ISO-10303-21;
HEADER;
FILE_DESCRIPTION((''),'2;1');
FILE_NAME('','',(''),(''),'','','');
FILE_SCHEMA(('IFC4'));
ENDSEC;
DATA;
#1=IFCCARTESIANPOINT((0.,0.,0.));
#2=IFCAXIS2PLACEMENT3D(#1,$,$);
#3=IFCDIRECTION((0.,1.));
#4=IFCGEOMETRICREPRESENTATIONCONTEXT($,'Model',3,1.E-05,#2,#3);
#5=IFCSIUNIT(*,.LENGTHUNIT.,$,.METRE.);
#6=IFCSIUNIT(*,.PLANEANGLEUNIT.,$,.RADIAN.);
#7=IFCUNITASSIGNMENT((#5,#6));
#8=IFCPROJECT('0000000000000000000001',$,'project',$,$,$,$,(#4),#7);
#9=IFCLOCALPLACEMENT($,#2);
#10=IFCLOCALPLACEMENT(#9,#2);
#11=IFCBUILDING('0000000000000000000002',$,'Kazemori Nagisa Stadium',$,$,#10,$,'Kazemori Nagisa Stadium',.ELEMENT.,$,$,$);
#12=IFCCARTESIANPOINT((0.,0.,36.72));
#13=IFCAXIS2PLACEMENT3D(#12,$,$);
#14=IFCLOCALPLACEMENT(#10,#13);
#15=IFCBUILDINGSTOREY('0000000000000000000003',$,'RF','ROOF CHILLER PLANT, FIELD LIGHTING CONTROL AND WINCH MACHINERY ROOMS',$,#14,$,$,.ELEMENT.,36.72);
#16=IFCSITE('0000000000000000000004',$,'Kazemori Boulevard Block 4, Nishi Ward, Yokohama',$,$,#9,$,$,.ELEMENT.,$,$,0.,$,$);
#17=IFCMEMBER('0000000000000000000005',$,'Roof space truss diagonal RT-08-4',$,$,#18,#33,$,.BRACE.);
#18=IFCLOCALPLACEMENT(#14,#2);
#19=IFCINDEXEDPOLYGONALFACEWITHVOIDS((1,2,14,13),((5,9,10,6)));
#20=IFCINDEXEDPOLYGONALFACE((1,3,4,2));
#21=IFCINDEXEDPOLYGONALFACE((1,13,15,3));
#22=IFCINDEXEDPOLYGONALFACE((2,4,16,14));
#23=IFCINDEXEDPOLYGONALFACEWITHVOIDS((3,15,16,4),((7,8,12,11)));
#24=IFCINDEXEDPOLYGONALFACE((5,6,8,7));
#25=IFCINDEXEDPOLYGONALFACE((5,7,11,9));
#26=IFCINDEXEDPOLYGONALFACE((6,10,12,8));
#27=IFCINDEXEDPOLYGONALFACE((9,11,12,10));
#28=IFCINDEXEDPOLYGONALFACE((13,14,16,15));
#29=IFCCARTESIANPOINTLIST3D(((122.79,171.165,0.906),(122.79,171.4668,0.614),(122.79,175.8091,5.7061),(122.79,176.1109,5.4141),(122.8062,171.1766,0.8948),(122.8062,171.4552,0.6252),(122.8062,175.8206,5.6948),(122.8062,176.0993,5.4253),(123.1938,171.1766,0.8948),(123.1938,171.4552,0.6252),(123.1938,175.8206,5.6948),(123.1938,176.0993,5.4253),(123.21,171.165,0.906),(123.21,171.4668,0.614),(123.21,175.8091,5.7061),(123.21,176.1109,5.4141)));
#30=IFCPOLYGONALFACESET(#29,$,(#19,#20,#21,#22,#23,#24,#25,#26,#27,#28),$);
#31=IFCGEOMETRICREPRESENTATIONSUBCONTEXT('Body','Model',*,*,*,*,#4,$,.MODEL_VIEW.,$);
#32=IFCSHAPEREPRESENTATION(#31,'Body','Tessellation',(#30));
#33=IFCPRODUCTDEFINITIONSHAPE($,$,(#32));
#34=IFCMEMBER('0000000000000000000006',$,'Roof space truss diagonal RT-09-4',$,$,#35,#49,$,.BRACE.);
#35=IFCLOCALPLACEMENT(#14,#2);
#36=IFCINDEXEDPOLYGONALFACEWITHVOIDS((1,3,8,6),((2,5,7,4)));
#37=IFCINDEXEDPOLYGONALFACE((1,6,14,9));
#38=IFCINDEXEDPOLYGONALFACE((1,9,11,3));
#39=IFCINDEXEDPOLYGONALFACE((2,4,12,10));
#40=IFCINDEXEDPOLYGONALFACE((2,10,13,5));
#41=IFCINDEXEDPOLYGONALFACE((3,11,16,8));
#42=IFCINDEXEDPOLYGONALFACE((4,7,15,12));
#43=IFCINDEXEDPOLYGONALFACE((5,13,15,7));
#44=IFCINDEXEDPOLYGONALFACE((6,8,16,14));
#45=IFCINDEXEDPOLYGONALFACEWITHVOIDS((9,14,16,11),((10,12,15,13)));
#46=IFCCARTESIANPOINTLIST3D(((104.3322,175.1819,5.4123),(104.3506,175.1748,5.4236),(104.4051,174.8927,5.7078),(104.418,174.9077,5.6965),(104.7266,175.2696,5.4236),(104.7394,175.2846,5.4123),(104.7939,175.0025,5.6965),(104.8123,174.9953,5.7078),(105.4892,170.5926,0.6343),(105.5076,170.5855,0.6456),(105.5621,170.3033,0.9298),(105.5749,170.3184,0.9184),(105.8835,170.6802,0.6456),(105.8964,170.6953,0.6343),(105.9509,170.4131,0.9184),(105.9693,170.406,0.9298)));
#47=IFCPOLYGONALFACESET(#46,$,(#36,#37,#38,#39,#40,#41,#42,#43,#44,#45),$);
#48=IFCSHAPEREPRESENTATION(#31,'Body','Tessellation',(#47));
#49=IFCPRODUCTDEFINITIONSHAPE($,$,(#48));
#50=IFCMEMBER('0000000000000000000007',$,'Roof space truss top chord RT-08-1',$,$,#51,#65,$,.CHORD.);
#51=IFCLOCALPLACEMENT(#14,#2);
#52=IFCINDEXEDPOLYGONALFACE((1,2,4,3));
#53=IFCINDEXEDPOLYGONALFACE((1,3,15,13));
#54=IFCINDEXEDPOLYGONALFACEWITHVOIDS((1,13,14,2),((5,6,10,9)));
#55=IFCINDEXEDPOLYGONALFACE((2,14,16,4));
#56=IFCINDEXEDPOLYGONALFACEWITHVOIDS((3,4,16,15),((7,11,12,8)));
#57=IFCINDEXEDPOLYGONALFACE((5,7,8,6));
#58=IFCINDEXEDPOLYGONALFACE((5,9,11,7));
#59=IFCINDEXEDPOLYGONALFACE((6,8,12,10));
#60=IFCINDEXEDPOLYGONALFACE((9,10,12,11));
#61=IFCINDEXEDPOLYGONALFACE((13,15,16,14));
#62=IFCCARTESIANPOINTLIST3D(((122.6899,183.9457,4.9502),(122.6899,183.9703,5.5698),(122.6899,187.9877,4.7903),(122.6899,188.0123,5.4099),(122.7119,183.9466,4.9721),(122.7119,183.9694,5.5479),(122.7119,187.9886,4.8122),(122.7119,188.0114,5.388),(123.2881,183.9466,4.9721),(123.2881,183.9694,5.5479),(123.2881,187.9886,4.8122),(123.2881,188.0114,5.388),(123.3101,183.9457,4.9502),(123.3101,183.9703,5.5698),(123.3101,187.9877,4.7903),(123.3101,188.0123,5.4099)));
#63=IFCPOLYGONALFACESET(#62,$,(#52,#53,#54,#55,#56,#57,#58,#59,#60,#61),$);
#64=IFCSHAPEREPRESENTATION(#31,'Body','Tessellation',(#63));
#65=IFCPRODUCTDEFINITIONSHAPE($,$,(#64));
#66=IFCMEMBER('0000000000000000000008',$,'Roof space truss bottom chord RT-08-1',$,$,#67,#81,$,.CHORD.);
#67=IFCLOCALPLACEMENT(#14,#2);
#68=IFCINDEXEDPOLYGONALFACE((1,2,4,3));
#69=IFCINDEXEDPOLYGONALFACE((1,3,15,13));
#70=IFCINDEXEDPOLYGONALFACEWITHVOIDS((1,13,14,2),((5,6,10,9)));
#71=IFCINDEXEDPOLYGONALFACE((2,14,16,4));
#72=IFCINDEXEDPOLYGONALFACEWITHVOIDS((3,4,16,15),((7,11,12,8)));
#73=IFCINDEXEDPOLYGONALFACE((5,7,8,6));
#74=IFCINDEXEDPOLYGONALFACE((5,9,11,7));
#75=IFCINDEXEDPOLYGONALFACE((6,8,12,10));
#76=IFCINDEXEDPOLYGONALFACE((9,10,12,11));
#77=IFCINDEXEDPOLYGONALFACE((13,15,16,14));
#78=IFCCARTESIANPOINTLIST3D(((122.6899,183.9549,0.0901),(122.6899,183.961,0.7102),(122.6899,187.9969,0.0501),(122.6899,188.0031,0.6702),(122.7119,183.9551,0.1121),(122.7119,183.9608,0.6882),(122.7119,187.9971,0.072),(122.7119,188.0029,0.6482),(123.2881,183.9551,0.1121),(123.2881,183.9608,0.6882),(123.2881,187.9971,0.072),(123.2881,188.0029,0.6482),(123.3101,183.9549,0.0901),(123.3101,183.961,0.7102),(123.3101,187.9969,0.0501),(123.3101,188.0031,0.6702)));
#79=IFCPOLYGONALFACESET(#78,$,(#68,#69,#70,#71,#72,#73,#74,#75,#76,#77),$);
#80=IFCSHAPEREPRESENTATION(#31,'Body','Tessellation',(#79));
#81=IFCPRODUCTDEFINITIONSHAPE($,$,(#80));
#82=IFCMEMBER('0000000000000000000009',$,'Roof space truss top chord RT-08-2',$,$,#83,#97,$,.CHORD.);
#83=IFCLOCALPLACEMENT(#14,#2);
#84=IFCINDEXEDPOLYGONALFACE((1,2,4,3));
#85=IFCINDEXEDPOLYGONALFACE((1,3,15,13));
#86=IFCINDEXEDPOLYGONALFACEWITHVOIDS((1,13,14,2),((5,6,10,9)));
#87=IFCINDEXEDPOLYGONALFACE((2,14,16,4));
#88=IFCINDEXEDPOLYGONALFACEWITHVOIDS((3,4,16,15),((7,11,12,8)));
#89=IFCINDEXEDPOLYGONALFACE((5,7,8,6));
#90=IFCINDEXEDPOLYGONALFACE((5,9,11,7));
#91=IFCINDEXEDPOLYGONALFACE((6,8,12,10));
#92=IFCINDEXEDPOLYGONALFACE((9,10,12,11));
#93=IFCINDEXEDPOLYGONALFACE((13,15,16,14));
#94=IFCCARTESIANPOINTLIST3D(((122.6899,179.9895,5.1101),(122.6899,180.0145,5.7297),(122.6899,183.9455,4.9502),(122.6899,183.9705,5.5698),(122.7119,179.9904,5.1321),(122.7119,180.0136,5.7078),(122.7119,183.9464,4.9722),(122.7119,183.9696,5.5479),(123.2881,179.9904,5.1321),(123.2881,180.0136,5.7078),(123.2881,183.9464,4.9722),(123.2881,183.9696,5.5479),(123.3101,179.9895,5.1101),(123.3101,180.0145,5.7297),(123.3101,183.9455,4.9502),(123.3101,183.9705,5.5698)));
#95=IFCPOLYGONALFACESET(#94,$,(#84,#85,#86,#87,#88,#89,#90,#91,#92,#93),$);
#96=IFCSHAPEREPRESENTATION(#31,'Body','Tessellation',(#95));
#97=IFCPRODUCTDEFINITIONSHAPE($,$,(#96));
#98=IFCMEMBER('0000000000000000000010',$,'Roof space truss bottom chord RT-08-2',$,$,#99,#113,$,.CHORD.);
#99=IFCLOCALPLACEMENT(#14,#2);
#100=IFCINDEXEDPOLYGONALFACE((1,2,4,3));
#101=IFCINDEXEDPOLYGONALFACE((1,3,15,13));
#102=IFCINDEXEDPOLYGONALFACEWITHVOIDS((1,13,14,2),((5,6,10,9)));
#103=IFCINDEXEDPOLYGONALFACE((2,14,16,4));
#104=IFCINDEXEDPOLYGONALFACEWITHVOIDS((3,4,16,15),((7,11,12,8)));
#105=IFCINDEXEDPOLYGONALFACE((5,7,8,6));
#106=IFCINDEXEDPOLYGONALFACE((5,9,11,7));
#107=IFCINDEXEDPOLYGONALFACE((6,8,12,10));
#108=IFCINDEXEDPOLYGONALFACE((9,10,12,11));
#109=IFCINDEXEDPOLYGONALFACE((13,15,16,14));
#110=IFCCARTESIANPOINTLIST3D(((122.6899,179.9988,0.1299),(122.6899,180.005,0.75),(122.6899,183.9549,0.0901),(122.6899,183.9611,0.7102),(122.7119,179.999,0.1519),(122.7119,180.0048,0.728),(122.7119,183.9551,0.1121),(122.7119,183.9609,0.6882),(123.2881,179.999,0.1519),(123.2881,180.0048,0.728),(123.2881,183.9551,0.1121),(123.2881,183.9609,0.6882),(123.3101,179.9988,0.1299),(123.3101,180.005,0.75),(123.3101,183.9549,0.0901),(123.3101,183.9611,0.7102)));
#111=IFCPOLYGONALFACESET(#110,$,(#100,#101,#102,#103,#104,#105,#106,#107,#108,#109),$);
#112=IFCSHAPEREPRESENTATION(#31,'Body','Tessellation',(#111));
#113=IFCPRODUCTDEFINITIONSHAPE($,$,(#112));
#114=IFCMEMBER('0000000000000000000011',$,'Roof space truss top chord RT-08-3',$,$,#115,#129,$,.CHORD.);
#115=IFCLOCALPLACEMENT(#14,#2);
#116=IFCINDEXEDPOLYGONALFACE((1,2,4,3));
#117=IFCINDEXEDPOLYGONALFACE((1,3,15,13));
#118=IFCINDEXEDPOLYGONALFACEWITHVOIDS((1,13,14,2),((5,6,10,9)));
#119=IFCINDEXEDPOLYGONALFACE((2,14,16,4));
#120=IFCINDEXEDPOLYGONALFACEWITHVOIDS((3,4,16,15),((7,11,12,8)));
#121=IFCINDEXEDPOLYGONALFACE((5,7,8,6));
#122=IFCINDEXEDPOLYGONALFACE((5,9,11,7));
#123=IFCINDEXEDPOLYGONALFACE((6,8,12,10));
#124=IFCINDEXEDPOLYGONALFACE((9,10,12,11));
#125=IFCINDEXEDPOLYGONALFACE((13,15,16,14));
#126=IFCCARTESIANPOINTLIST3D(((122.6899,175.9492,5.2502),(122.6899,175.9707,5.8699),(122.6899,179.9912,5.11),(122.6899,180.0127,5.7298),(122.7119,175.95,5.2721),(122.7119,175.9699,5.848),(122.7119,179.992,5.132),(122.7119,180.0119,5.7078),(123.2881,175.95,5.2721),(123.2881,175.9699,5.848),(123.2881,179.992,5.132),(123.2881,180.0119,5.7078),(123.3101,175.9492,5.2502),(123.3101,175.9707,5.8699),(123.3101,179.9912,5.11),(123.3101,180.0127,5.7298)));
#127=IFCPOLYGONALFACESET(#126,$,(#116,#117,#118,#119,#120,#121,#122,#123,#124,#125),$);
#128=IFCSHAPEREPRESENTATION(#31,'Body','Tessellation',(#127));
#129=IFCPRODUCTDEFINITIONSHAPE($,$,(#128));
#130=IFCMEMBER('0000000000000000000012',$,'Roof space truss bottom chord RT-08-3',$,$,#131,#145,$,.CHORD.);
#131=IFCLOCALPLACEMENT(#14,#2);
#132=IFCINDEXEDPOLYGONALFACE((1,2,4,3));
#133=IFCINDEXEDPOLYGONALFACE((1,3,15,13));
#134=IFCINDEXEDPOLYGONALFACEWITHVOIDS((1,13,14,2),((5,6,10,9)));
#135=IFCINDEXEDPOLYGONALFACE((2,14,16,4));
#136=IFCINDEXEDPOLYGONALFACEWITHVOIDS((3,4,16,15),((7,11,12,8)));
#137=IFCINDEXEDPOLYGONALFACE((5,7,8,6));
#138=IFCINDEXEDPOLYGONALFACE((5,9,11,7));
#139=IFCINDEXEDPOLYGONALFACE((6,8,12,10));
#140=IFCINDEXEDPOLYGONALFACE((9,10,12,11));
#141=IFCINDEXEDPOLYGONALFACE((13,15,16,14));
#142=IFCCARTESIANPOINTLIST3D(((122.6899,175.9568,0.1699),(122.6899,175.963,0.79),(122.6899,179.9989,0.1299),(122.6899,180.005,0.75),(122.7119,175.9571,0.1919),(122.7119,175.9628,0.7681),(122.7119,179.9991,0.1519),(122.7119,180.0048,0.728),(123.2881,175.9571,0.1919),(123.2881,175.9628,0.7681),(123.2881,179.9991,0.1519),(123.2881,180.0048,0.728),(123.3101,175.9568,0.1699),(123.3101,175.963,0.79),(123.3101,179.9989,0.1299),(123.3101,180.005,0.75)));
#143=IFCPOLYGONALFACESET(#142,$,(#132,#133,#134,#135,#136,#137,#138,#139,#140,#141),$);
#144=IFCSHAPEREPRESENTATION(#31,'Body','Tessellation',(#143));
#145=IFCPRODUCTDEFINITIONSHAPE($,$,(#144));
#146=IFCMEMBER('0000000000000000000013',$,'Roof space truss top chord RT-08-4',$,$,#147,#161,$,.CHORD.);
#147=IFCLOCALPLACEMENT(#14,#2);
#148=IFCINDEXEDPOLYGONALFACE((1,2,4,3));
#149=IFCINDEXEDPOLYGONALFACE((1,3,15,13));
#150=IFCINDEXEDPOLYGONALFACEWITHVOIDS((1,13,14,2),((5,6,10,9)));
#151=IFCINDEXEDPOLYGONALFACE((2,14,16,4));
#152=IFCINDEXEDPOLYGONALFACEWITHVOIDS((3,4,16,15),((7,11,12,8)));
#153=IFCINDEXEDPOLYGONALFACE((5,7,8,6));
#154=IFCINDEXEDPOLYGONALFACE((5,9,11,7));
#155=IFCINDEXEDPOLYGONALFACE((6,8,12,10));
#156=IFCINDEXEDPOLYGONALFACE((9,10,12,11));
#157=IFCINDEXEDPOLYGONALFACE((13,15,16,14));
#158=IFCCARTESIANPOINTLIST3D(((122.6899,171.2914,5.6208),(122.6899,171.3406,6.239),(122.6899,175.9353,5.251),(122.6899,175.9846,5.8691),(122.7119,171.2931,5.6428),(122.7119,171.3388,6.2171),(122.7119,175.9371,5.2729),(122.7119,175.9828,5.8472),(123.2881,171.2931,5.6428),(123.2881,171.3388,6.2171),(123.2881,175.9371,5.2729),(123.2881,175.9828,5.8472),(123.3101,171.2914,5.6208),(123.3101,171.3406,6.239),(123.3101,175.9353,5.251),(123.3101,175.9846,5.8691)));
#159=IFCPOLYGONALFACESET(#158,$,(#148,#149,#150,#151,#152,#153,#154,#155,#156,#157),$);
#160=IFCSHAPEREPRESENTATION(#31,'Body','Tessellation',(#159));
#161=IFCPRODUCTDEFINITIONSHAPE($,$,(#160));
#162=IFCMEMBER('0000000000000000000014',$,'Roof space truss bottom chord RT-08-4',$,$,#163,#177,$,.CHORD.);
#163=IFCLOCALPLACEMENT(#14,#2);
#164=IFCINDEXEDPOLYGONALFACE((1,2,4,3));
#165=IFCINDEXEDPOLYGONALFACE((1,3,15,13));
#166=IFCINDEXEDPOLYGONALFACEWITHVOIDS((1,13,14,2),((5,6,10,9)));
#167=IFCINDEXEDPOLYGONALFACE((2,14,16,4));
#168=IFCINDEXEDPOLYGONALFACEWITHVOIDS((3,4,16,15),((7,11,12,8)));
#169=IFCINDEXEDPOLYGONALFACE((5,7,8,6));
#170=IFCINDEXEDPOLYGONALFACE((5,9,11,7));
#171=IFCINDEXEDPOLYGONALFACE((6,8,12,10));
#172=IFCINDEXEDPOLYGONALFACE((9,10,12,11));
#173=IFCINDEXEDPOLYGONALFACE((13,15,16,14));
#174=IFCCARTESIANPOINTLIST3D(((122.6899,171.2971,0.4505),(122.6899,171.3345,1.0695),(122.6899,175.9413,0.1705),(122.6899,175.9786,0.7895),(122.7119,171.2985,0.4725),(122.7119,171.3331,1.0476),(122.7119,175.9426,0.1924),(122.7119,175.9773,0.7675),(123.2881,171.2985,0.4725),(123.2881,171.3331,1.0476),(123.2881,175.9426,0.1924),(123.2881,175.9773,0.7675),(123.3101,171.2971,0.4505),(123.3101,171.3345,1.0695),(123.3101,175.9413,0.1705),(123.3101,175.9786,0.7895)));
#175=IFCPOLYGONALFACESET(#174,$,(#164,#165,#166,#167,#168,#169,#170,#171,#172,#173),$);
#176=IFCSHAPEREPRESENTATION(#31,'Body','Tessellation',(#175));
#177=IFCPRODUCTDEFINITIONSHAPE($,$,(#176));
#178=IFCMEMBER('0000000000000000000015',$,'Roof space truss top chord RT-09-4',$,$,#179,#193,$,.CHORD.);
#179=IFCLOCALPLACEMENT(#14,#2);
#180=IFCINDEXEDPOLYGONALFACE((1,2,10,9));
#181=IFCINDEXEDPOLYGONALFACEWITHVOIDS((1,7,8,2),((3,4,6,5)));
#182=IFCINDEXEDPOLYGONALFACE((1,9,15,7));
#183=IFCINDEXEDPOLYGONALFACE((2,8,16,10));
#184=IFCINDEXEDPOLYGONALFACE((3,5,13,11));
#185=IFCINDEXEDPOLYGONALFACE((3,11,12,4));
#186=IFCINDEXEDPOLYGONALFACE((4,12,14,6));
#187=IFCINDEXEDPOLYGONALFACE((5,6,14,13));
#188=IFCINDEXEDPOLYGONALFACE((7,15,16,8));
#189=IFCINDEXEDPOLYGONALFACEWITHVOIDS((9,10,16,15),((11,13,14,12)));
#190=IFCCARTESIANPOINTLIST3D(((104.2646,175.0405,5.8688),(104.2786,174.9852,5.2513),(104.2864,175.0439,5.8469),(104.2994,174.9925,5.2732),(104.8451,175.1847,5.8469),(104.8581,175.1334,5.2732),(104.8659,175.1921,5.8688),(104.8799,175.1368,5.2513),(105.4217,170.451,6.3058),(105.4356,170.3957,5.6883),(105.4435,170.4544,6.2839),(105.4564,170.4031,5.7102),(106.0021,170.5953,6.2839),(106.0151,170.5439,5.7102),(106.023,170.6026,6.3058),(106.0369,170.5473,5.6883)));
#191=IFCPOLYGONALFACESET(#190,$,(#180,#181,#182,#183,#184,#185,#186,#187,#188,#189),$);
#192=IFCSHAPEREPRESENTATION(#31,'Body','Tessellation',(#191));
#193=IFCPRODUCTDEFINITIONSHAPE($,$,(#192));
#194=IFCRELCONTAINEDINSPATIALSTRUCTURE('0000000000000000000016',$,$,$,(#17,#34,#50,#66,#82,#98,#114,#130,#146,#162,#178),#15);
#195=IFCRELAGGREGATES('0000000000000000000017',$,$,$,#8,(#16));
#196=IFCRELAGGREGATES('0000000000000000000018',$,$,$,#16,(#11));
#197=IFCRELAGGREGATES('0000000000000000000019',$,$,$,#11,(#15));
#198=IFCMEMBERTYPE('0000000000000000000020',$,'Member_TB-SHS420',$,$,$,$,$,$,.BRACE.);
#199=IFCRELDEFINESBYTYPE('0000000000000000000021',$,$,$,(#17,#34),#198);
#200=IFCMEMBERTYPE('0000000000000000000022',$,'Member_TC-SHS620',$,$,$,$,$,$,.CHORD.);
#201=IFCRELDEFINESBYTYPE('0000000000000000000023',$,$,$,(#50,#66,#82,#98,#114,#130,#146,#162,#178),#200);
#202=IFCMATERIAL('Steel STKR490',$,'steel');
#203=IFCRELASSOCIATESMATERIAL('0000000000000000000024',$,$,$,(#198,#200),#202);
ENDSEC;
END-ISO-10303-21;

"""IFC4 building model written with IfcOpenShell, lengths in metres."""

from ifc_helpers import new_model, si_unit, direction, frame, origin, origin_2d, place, context, subcontext, project, spatial, hollow_rectangle, extrude, material, material_profile, profile_set, type_object, element, save


model = new_model("IFC4")

# Units and contexts
model_context = context("Model", 3, precision=1e-05, world=origin(), true_north=direction((0.0, 1.0)))
body_context = subcontext(model_context, "Body", "Model", "MODEL_VIEW")
ifc_project = project(units=[si_unit("LENGTHUNIT", "METRE"), si_unit("PLANEANGLEUNIT", "RADIAN")], contexts=[model_context])

# Site, building, storey
site_placement = place(None, origin())
site = spatial("IfcSite", under=ifc_project, at=site_placement, Name="Kazemori Boulevard Block 4, Nishi Ward, Yokohama", CompositionType="ELEMENT", RefElevation=0.0)
building_placement = place(site_placement, origin())
building = spatial("IfcBuilding", under=site, at=building_placement, Name="Kazemori Nagisa Stadium", LongName="Kazemori Nagisa Stadium", CompositionType="ELEMENT")
storey_placement = place(building_placement, frame((0.0, 0.0, 36.72)))
storey = spatial("IfcBuildingStorey", under=building, at=storey_placement, Name="RF", Description="ROOF CHILLER PLANT, FIELD LIGHTING CONTROL AND WINCH MACHINERY ROOMS", CompositionType="ELEMENT", Elevation=36.72)

# Members
ifc_material_1 = material(Name="Steel STKR490", Category="steel")
ifc_material_profile_1 = material_profile(ifc_material_1, hollow_rectangle(XDim=0.4199, YDim=0.4199, WallThickness=0.0161, at=origin_2d()), Name="SHS-420x420x16")
ifc_profile_set_1 = profile_set([ifc_material_profile_1], Name="Steel STKR490")
member_type_1 = type_object("IfcMemberType", Name="Member_TB-SHS420", PredefinedType="BRACE", material=ifc_profile_set_1)
member_1_placement = place(storey_placement, frame((123.0, 175.96, 5.5601), z_axis=(0.0, -0.695331, -0.718689), x_axis=(1.0, 0.0, 0.0)))
element("IfcMember", 1, at=member_1_placement, inside=storey, type_object=member_type_1, Name="Roof space truss diagonal RT-08-4", PredefinedType="BRACE", context=body_context, shape_type="SweptSolid", body=[
    extrude(hollow_rectangle(XDim=0.4199, YDim=0.4199, WallThickness=0.0161, at=origin_2d()), origin(), (0.0, 0.0, 1.0), 6.679),
])
member_2_placement = place(storey_placement, frame((104.5723, 175.0886, 5.5601), z_axis=(0.172032, -0.682393, -0.710454), x_axis=(0.969661, 0.244453, 0.0)))
element("IfcMember", 2, at=member_2_placement, inside=storey, type_object=member_type_1, Name="Roof space truss diagonal RT-09-4", PredefinedType="BRACE", context=body_context, shape_type="SweptSolid", body=[
    extrude(hollow_rectangle(XDim=0.4199, YDim=0.4199, WallThickness=0.0161, at=origin_2d()), origin(), (0.0, 0.0, 1.0), 6.7253),
])
ifc_material_profile_2 = material_profile(ifc_material_1, hollow_rectangle(XDim=0.6201, YDim=0.6201, WallThickness=0.022, at=origin_2d()), Name="SHS-620x620x22")
ifc_profile_set_2 = profile_set([ifc_material_profile_2], Name="Steel STKR490")
member_type_2 = type_object("IfcMemberType", Name="Member_TC-SHS620", PredefinedType="CHORD", material=ifc_profile_set_2)
member_3_placement = place(storey_placement, frame((123.0, 188.0, 5.1001), z_axis=(0.0, -0.999218, 0.039532), x_axis=(1.0, 0.0, 0.0)))
element("IfcMember", 3, at=member_3_placement, inside=storey, type_object=member_type_2, Name="Roof space truss top chord RT-08-1", PredefinedType="CHORD", context=body_context, shape_type="SweptSolid", body=[
    extrude(hollow_rectangle(XDim=0.6201, YDim=0.6201, WallThickness=0.022, at=origin_2d()), origin(), (0.0, 0.0, 1.0), 4.0452),
])
member_4_placement = place(storey_placement, frame((123.0, 188.0, 0.3601), z_axis=(0.0, -0.999951, 0.009905), x_axis=(1.0, 0.0, 0.0)))
element("IfcMember", 4, at=member_4_placement, inside=storey, type_object=member_type_2, Name="Roof space truss bottom chord RT-08-1", PredefinedType="CHORD", context=body_context, shape_type="SweptSolid", body=[
    extrude(hollow_rectangle(XDim=0.6201, YDim=0.6201, WallThickness=0.022, at=origin_2d()), origin(), (0.0, 0.0, 1.0), 4.0422),
])
member_5_placement = place(storey_placement, frame((123.0, 183.958, 5.26), z_axis=(0.0, -0.999184, 0.040389), x_axis=(1.0, 0.0, 0.0)))
element("IfcMember", 5, at=member_5_placement, inside=storey, type_object=member_type_2, Name="Roof space truss top chord RT-08-2", PredefinedType="CHORD", context=body_context, shape_type="SweptSolid", body=[
    extrude(hollow_rectangle(XDim=0.6201, YDim=0.6201, WallThickness=0.022, at=origin_2d()), origin(), (0.0, 0.0, 1.0), 3.9592),
])
member_6_placement = place(storey_placement, frame((123.0, 183.958, 0.4001), z_axis=(0.0, -0.999949, 0.010059), x_axis=(1.0, 0.0, 0.0)))
element("IfcMember", 6, at=member_6_placement, inside=storey, type_object=member_type_2, Name="Roof space truss bottom chord RT-08-2", PredefinedType="CHORD", context=body_context, shape_type="SweptSolid", body=[
    extrude(hollow_rectangle(XDim=0.6201, YDim=0.6201, WallThickness=0.022, at=origin_2d()), origin(), (0.0, 0.0, 1.0), 3.9563),
])
member_7_placement = place(storey_placement, frame((123.0, 180.002, 5.4199), z_axis=(0.0, -0.9994, 0.034649), x_axis=(1.0, 0.0, 0.0)))
element("IfcMember", 7, at=member_7_placement, inside=storey, type_object=member_type_2, Name="Roof space truss top chord RT-08-3", PredefinedType="CHORD", context=body_context, shape_type="SweptSolid", body=[
    extrude(hollow_rectangle(XDim=0.6201, YDim=0.6201, WallThickness=0.022, at=origin_2d()), origin(), (0.0, 0.0, 1.0), 4.0444),
])
member_8_placement = place(storey_placement, frame((123.0, 180.002, 0.4399), z_axis=(0.0, -0.999951, 0.009905), x_axis=(1.0, 0.0, 0.0)))
element("IfcMember", 8, at=member_8_placement, inside=storey, type_object=member_type_2, Name="Roof space truss bottom chord RT-08-3", PredefinedType="CHORD", context=body_context, shape_type="SweptSolid", body=[
    extrude(hollow_rectangle(XDim=0.6201, YDim=0.6201, WallThickness=0.022, at=origin_2d()), origin(), (0.0, 0.0, 1.0), 4.0422),
])
member_9_placement = place(storey_placement, frame((123.0, 175.96, 5.5601), z_axis=(0.0, -0.996843, 0.079393), x_axis=(1.0, 0.0, 0.0)))
element("IfcMember", 9, at=member_9_placement, inside=storey, type_object=member_type_2, Name="Roof space truss top chord RT-08-4", PredefinedType="CHORD", context=body_context, shape_type="SweptSolid", body=[
    extrude(hollow_rectangle(XDim=0.6201, YDim=0.6201, WallThickness=0.022, at=origin_2d()), origin(), (0.0, 0.0, 1.0), 4.6587),
])
member_10_placement = place(storey_placement, frame((123.0, 175.96, 0.48), z_axis=(0.0, -0.998187, 0.060189), x_axis=(1.0, 0.0, 0.0)))
element("IfcMember", 10, at=member_10_placement, inside=storey, type_object=member_type_2, Name="Roof space truss bottom chord RT-08-4", PredefinedType="CHORD", context=body_context, shape_type="SweptSolid", body=[
    extrude(hollow_rectangle(XDim=0.6201, YDim=0.6201, WallThickness=0.022, at=origin_2d()), origin(), (0.0, 0.0, 1.0), 4.6526),
])
member_11_placement = place(storey_placement, frame((104.5723, 175.0886, 5.5601), z_axis=(0.243417, -0.965554, 0.091943), x_axis=(0.969661, 0.244453, 0.0)))
element("IfcMember", 11, at=member_11_placement, inside=storey, type_object=member_type_2, Name="Roof space truss top chord RT-09-4", PredefinedType="CHORD", context=body_context, shape_type="SweptSolid", body=[
    extrude(hollow_rectangle(XDim=0.6201, YDim=0.6201, WallThickness=0.022, at=origin_2d()), origin(), (0.0, 0.0, 1.0), 4.7532),
])

save(model, "model.ifc")
